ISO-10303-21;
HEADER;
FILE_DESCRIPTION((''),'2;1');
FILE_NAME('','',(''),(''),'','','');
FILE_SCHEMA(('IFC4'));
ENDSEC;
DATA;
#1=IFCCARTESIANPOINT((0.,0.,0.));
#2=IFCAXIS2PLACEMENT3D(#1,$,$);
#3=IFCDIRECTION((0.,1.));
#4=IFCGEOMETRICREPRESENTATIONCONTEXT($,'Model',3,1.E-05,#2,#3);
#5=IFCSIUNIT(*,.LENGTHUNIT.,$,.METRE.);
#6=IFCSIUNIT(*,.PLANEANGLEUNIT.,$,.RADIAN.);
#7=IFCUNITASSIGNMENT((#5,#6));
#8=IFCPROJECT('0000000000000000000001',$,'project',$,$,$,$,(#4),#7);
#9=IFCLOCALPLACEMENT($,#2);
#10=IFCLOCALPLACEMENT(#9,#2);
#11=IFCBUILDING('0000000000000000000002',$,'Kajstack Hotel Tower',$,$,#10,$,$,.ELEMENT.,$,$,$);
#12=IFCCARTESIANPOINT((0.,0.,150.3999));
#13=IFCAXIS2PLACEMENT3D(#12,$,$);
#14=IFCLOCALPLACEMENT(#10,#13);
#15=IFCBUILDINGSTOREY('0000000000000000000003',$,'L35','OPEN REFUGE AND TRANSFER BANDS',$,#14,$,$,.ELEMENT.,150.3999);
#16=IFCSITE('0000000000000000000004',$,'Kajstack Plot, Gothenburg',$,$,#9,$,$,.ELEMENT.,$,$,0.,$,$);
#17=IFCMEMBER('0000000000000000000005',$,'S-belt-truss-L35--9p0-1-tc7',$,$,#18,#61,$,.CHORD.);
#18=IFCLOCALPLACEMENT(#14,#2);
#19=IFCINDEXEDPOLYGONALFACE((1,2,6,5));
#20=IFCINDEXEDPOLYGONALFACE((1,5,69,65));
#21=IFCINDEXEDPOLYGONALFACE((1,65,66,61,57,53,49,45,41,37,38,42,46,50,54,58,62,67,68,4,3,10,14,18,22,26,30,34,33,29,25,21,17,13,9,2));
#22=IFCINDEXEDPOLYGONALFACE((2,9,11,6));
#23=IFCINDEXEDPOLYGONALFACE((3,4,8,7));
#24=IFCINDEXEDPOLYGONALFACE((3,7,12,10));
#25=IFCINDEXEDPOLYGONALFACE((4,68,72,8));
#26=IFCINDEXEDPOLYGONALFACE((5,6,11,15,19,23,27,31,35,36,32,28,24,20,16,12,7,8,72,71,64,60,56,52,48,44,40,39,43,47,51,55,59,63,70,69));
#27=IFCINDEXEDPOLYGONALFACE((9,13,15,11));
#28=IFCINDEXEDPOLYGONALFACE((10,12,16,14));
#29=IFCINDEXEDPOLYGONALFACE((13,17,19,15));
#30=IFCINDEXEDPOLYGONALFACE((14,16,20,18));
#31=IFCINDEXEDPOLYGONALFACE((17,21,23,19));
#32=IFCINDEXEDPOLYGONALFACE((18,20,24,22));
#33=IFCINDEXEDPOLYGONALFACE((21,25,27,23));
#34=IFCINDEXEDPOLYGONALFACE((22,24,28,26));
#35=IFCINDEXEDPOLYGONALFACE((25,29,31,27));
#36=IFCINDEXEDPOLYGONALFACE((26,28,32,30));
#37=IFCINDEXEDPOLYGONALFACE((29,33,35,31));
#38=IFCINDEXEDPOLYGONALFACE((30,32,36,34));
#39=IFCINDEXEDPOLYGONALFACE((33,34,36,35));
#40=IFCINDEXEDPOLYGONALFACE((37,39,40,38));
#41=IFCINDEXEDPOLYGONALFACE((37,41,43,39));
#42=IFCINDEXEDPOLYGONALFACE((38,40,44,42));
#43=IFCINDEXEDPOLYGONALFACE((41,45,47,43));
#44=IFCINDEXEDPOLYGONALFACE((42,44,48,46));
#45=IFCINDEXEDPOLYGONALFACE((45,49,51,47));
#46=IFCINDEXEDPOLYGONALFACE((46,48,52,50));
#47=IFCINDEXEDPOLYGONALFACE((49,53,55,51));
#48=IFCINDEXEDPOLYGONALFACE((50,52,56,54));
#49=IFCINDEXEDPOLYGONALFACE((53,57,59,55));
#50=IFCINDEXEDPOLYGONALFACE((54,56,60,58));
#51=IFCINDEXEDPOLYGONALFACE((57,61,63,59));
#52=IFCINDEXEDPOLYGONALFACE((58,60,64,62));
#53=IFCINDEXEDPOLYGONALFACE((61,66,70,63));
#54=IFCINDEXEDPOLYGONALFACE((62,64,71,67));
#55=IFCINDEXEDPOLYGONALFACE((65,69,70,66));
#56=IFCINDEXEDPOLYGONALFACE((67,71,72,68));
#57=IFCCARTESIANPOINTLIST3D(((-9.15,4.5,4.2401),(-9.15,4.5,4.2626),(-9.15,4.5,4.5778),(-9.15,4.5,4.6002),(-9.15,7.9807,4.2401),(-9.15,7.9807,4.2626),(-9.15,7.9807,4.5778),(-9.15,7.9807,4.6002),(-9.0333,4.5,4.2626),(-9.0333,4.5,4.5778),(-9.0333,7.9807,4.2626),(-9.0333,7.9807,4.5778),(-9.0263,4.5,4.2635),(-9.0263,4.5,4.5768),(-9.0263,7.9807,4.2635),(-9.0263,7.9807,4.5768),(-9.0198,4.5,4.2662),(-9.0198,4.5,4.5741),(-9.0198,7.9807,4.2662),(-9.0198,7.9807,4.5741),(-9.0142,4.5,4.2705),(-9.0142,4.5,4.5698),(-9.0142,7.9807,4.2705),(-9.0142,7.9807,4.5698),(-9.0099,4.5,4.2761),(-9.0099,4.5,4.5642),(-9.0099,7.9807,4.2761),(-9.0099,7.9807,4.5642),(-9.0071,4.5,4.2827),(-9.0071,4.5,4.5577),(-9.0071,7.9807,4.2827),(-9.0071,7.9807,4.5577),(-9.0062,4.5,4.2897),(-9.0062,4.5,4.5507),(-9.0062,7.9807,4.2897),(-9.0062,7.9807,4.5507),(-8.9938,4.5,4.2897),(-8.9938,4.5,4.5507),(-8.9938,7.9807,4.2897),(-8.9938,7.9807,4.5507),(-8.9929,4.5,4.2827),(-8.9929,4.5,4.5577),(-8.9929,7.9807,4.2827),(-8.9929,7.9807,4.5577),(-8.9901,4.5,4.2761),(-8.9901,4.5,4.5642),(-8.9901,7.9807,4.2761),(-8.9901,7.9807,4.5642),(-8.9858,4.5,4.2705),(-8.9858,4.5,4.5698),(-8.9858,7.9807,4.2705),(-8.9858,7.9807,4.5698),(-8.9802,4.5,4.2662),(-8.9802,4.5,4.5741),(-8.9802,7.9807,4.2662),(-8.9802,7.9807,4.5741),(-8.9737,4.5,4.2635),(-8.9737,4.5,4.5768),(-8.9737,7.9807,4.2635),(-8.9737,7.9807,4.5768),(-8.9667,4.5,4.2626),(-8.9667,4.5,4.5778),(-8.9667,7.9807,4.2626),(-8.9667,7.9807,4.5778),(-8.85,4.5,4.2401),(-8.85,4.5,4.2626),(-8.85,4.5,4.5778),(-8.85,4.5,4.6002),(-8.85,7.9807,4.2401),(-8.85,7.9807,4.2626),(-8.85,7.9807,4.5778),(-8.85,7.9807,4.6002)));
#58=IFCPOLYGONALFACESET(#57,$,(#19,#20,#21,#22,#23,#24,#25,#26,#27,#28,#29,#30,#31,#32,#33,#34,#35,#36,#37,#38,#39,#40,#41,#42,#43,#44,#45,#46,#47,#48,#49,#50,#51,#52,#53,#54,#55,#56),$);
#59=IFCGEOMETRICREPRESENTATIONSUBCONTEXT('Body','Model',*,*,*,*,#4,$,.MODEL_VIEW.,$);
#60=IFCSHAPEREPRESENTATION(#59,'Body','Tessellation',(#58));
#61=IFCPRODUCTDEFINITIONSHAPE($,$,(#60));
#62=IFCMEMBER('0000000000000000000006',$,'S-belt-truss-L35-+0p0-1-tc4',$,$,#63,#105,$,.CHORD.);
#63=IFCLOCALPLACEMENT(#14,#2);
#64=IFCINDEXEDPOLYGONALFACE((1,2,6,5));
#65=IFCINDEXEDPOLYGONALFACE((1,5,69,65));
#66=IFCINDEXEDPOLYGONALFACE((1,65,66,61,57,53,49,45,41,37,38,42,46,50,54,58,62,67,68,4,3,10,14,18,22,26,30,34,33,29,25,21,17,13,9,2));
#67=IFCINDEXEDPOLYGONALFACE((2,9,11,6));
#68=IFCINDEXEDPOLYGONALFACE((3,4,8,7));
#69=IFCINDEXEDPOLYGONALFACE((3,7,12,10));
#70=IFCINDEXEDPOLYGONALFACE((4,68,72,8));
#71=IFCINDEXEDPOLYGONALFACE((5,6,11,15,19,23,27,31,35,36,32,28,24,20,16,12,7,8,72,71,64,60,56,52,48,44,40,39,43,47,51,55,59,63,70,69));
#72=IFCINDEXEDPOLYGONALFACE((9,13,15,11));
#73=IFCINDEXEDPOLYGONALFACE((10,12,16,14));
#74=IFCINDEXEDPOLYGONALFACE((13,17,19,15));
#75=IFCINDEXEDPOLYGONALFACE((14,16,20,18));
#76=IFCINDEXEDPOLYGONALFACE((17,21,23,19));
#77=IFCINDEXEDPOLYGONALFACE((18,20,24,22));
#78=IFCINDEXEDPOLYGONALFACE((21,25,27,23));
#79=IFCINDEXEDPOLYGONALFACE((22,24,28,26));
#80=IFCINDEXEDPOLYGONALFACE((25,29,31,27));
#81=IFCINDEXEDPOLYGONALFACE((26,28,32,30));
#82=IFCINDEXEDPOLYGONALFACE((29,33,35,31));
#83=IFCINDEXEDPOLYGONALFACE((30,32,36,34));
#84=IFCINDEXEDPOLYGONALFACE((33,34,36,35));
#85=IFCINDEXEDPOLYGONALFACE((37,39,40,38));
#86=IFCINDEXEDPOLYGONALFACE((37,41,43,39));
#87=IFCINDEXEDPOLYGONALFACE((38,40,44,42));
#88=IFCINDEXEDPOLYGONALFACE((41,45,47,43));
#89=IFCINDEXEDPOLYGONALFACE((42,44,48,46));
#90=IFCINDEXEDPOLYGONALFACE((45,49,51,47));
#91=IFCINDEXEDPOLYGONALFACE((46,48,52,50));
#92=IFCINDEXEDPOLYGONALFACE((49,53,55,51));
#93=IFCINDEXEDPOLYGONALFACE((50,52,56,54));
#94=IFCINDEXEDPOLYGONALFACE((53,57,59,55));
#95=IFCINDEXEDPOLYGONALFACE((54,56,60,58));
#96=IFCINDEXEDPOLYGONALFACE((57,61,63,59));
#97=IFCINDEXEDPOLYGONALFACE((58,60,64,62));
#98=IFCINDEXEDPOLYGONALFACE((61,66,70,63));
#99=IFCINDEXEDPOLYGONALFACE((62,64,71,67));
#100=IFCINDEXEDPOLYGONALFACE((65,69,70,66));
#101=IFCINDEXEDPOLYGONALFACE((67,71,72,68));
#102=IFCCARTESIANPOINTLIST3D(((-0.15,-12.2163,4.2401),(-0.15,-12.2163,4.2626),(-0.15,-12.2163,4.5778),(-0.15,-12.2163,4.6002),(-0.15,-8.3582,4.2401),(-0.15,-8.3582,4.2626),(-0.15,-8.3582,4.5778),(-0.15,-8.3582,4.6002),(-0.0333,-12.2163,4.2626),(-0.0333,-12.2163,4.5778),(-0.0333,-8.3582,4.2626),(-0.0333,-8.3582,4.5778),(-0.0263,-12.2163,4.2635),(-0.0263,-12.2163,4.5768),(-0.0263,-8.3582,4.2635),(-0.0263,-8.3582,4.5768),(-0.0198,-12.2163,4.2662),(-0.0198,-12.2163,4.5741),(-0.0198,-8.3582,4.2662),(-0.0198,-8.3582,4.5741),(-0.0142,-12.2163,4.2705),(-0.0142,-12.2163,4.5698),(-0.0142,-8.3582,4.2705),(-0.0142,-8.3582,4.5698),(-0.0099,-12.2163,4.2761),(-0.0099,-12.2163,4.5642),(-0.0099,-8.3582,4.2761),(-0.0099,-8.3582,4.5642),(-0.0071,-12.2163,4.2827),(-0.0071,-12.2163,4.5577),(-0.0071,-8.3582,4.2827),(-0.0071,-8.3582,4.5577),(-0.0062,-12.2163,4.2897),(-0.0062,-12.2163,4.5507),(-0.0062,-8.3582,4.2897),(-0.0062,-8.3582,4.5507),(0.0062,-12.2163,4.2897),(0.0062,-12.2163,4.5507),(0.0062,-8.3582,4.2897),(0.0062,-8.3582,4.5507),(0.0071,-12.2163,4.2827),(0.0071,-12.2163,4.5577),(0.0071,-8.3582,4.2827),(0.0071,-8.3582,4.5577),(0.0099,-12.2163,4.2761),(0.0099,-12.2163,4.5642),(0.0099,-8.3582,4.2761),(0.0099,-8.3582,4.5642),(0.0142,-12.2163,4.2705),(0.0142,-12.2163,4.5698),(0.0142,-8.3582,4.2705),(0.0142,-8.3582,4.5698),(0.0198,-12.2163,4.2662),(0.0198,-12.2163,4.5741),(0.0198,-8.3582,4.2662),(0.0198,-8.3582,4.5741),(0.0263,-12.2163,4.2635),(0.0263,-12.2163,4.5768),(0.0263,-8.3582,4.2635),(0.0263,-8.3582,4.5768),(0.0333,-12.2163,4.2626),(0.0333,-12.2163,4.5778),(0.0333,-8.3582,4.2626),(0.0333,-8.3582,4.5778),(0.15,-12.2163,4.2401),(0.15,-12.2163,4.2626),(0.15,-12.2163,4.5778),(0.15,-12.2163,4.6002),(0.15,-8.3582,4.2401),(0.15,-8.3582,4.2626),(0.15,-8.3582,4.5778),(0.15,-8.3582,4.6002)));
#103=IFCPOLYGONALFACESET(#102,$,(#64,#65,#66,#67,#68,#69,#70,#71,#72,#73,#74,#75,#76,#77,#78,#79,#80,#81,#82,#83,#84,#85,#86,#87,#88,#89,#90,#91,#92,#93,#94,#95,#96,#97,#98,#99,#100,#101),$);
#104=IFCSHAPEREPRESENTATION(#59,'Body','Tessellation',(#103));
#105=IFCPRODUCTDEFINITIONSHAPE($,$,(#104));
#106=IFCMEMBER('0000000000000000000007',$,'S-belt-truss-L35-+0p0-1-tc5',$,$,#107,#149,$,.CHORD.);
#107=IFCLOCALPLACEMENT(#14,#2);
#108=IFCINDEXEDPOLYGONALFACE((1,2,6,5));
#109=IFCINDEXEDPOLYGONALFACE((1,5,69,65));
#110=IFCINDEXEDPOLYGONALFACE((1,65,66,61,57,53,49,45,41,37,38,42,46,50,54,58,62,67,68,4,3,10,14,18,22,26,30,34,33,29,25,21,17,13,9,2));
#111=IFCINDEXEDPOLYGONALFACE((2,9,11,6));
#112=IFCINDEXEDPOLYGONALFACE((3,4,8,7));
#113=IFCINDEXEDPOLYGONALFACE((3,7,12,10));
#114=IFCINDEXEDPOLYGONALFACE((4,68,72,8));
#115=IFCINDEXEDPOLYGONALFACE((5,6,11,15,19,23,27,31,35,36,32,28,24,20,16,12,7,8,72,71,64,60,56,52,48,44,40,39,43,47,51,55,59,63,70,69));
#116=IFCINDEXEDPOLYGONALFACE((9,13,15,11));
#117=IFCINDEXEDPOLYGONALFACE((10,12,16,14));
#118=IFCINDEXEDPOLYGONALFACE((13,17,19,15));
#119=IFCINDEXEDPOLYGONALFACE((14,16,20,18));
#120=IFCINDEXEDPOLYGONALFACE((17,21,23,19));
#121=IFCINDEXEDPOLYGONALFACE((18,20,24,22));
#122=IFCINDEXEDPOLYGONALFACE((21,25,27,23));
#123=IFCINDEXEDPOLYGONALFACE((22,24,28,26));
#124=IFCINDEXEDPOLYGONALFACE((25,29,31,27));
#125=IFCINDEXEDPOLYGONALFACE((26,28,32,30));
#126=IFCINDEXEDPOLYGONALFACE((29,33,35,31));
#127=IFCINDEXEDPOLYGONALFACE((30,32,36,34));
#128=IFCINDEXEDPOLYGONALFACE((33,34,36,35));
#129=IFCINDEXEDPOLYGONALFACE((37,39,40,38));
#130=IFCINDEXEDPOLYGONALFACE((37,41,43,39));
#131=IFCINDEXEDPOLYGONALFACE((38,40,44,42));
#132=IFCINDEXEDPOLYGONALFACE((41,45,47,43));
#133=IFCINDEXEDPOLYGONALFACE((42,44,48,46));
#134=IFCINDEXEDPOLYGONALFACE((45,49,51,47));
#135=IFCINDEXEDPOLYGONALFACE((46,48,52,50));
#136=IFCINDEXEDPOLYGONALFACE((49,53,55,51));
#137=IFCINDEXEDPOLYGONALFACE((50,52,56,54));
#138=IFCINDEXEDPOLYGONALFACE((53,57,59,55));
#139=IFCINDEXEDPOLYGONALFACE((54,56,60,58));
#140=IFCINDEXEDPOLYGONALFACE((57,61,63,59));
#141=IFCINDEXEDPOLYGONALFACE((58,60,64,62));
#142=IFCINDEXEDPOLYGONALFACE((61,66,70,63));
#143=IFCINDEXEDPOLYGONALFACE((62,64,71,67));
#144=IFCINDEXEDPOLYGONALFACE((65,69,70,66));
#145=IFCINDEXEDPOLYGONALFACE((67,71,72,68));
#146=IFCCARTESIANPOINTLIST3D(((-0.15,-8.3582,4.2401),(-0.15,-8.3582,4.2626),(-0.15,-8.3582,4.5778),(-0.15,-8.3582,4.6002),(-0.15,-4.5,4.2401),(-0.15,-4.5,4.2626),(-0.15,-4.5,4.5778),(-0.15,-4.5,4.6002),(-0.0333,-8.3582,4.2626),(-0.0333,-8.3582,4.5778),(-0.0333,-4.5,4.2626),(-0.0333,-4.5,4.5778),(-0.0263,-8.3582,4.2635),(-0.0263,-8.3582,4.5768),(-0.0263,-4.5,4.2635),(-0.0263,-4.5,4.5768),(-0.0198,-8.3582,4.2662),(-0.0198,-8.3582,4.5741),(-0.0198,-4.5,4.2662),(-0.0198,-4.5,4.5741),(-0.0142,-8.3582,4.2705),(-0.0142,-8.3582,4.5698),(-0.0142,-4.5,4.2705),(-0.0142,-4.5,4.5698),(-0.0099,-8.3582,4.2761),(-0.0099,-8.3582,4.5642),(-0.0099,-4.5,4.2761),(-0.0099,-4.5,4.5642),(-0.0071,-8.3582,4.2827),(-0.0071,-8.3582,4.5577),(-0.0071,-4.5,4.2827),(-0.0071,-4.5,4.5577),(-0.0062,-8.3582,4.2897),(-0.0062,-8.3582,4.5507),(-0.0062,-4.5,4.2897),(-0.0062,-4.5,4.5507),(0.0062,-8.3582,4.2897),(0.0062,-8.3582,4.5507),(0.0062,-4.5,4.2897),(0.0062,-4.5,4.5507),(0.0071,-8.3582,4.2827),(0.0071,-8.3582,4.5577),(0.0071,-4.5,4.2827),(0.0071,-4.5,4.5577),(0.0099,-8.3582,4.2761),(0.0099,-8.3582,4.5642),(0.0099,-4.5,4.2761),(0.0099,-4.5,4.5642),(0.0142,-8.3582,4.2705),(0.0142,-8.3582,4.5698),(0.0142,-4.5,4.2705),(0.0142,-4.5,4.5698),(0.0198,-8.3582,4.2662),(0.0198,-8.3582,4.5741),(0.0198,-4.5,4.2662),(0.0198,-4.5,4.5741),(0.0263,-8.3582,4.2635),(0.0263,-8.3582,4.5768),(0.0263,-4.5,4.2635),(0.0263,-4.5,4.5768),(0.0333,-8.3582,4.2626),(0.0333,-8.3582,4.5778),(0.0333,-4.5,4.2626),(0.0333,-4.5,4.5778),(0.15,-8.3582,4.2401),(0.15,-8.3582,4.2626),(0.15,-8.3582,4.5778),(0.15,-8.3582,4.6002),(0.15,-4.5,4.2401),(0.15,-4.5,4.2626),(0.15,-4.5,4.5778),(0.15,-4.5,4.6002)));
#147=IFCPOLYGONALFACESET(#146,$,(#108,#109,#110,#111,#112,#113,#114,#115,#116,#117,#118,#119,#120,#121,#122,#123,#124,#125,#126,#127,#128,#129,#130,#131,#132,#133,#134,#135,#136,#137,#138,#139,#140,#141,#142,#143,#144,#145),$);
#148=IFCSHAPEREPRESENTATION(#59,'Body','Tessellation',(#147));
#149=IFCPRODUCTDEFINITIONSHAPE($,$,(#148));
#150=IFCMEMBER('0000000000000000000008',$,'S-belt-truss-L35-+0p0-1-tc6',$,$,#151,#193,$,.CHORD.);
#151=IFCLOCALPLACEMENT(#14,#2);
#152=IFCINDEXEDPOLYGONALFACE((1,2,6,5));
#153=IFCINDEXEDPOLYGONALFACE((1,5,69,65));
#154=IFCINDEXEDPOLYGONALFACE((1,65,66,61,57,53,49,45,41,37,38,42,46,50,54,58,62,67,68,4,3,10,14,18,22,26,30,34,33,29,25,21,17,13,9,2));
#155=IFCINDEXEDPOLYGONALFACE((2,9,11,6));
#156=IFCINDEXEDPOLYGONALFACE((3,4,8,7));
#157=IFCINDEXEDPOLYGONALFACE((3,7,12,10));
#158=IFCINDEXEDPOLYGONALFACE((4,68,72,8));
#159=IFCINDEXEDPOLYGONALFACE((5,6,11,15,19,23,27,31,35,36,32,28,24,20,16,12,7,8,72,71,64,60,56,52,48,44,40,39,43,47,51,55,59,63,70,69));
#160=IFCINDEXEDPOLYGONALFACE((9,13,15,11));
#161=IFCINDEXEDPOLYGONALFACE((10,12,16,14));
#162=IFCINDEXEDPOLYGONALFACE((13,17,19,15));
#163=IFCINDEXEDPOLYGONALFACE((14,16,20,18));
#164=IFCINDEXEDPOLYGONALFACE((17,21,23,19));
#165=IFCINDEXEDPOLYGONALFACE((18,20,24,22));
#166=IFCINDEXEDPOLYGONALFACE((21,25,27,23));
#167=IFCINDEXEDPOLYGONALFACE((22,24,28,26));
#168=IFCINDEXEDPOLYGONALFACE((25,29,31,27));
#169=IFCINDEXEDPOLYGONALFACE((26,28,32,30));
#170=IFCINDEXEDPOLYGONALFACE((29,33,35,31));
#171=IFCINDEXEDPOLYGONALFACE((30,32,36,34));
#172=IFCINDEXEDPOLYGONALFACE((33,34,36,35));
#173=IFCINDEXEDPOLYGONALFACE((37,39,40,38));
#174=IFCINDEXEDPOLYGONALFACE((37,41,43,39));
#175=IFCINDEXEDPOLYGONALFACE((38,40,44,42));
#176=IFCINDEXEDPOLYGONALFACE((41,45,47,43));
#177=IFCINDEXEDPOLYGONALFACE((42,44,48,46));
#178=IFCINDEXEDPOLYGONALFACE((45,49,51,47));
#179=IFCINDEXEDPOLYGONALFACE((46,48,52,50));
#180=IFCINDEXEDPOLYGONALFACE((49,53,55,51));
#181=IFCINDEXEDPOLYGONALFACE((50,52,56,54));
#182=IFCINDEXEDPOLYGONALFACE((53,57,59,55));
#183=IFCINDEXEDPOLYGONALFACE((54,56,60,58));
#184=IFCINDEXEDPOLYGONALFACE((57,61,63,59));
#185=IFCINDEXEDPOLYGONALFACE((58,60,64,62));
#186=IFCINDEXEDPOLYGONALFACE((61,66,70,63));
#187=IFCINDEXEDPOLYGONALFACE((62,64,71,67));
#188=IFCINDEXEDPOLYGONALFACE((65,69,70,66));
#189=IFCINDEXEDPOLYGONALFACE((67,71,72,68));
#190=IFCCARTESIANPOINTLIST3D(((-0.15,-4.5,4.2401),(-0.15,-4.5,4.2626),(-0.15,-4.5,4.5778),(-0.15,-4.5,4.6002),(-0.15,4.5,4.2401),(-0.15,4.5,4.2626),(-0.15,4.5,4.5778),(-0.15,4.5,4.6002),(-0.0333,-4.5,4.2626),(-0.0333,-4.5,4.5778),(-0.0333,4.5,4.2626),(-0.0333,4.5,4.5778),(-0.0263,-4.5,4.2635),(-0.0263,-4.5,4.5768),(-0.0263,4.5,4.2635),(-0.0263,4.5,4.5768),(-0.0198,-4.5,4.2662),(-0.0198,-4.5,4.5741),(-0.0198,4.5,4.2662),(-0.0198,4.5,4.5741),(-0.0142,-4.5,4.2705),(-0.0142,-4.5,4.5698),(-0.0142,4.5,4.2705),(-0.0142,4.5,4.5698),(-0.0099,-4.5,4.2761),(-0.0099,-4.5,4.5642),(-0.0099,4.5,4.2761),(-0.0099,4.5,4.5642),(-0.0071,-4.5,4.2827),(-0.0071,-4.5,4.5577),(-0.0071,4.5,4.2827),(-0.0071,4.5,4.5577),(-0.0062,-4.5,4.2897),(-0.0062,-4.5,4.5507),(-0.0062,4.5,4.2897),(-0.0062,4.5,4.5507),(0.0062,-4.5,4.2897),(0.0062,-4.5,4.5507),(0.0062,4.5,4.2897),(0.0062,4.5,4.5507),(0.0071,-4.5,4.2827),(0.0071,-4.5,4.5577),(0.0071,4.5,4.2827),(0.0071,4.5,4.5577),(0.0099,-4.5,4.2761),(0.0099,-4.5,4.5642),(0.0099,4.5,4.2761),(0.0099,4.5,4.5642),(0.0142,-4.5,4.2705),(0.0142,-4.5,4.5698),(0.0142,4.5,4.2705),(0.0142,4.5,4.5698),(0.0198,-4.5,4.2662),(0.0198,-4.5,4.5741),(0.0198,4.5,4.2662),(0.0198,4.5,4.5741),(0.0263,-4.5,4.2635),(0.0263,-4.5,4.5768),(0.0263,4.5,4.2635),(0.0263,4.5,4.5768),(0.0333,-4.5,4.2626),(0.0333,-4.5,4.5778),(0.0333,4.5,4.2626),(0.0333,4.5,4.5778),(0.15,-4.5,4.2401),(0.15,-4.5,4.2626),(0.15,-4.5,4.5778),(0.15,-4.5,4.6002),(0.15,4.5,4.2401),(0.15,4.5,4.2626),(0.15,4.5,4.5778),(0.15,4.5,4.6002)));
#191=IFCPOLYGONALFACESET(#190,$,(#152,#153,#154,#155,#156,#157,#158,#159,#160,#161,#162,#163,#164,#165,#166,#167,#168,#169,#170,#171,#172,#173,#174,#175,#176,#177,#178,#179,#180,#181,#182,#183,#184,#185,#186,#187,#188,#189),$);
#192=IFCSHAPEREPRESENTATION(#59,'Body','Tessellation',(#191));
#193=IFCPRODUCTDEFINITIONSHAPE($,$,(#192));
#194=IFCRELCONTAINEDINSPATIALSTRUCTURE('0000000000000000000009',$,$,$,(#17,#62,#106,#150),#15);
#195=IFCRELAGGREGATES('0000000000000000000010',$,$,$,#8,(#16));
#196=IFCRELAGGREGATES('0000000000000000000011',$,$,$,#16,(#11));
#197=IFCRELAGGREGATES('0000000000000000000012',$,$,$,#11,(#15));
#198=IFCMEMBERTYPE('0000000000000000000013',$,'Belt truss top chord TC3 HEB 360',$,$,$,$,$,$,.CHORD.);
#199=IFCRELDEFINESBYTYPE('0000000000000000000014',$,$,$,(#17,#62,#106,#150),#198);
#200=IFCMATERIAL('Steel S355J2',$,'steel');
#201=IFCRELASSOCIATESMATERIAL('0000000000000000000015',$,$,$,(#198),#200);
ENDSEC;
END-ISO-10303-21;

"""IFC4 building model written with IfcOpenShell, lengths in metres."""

from ifc_helpers import new_model, si_unit, direction, frame, origin, origin_2d, place, context, subcontext, project, spatial, i_section, extrude, material, material_profile, profile_set, type_object, element, save


model = new_model("IFC4")

# Units and contexts
model_context = context("Model", 3, precision=1e-05, world=origin(), true_north=direction((0.0, 1.0)))
body_context = subcontext(model_context, "Body", "Model", "MODEL_VIEW")
ifc_project = project(units=[si_unit("LENGTHUNIT", "METRE"), si_unit("PLANEANGLEUNIT", "RADIAN")], contexts=[model_context])

# Site, building, storey
site_placement = place(None, origin())
site = spatial("IfcSite", under=ifc_project, at=site_placement, Name="Kajstack Plot, Gothenburg", CompositionType="ELEMENT", RefElevation=0.0)
building_placement = place(site_placement, origin())
building = spatial("IfcBuilding", under=site, at=building_placement, Name="Kajstack Hotel Tower", CompositionType="ELEMENT")
storey_placement = place(building_placement, frame((0.0, 0.0, 150.3999)))
storey = spatial("IfcBuildingStorey", under=building, at=storey_placement, Name="L35", Description="OPEN REFUGE AND TRANSFER BANDS", CompositionType="ELEMENT", Elevation=150.3999)

# Members
ifc_material_1 = material(Name="Steel S355J2", Category="steel")
ifc_material_profile_1 = material_profile(ifc_material_1, i_section(OverallWidth=0.3, OverallDepth=0.3601, WebThickness=0.0125, FlangeThickness=0.0225, FilletRadius=0.0271, at=origin_2d()), Name="HEB 360")
ifc_profile_set_1 = profile_set([ifc_material_profile_1], Name="Steel S355J2")
member_type_1 = type_object("IfcMemberType", Name="Belt truss top chord TC3 HEB 360", PredefinedType="CHORD", material=ifc_profile_set_1)
member_1_placement = place(storey_placement, frame((-9.0, 4.5, 4.4202), z_axis=(0.0, 1.0, 0.0), x_axis=(-1.0, 0.0, 0.0)))
element("IfcMember", 1, at=member_1_placement, inside=storey, type_object=member_type_1, Name="S-belt-truss-L35--9p0-1-tc7", PredefinedType="CHORD", context=body_context, shape_type="SweptSolid", body=[
    extrude(i_section(OverallWidth=0.3, OverallDepth=0.3601, WebThickness=0.0125, FlangeThickness=0.0225, FilletRadius=0.0271, at=origin_2d()), origin(), (0.0, 0.0, 1.0), 3.4807),
])
for number, where, z_axis, x_axis, name in (
    (2, (0.0, -12.2163, 4.4202), (0.0, 1.0, 0.0), (-1.0, 0.0, 0.0), "S-belt-truss-L35-+0p0-1-tc4"),
    (3, (0.0, -8.3582, 4.4202), (0.0, 1.0, 0.0), (-1.0, 0.0, 0.0), "S-belt-truss-L35-+0p0-1-tc5"),
):
    element("IfcMember", number, at=place(storey_placement, frame(where, z_axis=z_axis, x_axis=x_axis)), inside=storey, type_object=member_type_1, Name=name, PredefinedType="CHORD", context=body_context, shape_type="SweptSolid", body=[
        extrude(i_section(OverallWidth=0.3, OverallDepth=0.3601, WebThickness=0.0125, FlangeThickness=0.0225, FilletRadius=0.0271, at=origin_2d()), origin(), (0.0, 0.0, 1.0), 3.8582),
    ])
member_2_placement = place(storey_placement, frame((0.0, -4.5, 4.4202), z_axis=(0.0, 1.0, 0.0), x_axis=(-1.0, 0.0, 0.0)))
element("IfcMember", 4, at=member_2_placement, inside=storey, type_object=member_type_1, Name="S-belt-truss-L35-+0p0-1-tc6", PredefinedType="CHORD", context=body_context, shape_type="SweptSolid", body=[
    extrude(i_section(OverallWidth=0.3, OverallDepth=0.3601, WebThickness=0.0125, FlangeThickness=0.0225, FilletRadius=0.0271, at=origin_2d()), origin(), (0.0, 0.0, 1.0), 9.0),
])

save(model, "model.ifc")
